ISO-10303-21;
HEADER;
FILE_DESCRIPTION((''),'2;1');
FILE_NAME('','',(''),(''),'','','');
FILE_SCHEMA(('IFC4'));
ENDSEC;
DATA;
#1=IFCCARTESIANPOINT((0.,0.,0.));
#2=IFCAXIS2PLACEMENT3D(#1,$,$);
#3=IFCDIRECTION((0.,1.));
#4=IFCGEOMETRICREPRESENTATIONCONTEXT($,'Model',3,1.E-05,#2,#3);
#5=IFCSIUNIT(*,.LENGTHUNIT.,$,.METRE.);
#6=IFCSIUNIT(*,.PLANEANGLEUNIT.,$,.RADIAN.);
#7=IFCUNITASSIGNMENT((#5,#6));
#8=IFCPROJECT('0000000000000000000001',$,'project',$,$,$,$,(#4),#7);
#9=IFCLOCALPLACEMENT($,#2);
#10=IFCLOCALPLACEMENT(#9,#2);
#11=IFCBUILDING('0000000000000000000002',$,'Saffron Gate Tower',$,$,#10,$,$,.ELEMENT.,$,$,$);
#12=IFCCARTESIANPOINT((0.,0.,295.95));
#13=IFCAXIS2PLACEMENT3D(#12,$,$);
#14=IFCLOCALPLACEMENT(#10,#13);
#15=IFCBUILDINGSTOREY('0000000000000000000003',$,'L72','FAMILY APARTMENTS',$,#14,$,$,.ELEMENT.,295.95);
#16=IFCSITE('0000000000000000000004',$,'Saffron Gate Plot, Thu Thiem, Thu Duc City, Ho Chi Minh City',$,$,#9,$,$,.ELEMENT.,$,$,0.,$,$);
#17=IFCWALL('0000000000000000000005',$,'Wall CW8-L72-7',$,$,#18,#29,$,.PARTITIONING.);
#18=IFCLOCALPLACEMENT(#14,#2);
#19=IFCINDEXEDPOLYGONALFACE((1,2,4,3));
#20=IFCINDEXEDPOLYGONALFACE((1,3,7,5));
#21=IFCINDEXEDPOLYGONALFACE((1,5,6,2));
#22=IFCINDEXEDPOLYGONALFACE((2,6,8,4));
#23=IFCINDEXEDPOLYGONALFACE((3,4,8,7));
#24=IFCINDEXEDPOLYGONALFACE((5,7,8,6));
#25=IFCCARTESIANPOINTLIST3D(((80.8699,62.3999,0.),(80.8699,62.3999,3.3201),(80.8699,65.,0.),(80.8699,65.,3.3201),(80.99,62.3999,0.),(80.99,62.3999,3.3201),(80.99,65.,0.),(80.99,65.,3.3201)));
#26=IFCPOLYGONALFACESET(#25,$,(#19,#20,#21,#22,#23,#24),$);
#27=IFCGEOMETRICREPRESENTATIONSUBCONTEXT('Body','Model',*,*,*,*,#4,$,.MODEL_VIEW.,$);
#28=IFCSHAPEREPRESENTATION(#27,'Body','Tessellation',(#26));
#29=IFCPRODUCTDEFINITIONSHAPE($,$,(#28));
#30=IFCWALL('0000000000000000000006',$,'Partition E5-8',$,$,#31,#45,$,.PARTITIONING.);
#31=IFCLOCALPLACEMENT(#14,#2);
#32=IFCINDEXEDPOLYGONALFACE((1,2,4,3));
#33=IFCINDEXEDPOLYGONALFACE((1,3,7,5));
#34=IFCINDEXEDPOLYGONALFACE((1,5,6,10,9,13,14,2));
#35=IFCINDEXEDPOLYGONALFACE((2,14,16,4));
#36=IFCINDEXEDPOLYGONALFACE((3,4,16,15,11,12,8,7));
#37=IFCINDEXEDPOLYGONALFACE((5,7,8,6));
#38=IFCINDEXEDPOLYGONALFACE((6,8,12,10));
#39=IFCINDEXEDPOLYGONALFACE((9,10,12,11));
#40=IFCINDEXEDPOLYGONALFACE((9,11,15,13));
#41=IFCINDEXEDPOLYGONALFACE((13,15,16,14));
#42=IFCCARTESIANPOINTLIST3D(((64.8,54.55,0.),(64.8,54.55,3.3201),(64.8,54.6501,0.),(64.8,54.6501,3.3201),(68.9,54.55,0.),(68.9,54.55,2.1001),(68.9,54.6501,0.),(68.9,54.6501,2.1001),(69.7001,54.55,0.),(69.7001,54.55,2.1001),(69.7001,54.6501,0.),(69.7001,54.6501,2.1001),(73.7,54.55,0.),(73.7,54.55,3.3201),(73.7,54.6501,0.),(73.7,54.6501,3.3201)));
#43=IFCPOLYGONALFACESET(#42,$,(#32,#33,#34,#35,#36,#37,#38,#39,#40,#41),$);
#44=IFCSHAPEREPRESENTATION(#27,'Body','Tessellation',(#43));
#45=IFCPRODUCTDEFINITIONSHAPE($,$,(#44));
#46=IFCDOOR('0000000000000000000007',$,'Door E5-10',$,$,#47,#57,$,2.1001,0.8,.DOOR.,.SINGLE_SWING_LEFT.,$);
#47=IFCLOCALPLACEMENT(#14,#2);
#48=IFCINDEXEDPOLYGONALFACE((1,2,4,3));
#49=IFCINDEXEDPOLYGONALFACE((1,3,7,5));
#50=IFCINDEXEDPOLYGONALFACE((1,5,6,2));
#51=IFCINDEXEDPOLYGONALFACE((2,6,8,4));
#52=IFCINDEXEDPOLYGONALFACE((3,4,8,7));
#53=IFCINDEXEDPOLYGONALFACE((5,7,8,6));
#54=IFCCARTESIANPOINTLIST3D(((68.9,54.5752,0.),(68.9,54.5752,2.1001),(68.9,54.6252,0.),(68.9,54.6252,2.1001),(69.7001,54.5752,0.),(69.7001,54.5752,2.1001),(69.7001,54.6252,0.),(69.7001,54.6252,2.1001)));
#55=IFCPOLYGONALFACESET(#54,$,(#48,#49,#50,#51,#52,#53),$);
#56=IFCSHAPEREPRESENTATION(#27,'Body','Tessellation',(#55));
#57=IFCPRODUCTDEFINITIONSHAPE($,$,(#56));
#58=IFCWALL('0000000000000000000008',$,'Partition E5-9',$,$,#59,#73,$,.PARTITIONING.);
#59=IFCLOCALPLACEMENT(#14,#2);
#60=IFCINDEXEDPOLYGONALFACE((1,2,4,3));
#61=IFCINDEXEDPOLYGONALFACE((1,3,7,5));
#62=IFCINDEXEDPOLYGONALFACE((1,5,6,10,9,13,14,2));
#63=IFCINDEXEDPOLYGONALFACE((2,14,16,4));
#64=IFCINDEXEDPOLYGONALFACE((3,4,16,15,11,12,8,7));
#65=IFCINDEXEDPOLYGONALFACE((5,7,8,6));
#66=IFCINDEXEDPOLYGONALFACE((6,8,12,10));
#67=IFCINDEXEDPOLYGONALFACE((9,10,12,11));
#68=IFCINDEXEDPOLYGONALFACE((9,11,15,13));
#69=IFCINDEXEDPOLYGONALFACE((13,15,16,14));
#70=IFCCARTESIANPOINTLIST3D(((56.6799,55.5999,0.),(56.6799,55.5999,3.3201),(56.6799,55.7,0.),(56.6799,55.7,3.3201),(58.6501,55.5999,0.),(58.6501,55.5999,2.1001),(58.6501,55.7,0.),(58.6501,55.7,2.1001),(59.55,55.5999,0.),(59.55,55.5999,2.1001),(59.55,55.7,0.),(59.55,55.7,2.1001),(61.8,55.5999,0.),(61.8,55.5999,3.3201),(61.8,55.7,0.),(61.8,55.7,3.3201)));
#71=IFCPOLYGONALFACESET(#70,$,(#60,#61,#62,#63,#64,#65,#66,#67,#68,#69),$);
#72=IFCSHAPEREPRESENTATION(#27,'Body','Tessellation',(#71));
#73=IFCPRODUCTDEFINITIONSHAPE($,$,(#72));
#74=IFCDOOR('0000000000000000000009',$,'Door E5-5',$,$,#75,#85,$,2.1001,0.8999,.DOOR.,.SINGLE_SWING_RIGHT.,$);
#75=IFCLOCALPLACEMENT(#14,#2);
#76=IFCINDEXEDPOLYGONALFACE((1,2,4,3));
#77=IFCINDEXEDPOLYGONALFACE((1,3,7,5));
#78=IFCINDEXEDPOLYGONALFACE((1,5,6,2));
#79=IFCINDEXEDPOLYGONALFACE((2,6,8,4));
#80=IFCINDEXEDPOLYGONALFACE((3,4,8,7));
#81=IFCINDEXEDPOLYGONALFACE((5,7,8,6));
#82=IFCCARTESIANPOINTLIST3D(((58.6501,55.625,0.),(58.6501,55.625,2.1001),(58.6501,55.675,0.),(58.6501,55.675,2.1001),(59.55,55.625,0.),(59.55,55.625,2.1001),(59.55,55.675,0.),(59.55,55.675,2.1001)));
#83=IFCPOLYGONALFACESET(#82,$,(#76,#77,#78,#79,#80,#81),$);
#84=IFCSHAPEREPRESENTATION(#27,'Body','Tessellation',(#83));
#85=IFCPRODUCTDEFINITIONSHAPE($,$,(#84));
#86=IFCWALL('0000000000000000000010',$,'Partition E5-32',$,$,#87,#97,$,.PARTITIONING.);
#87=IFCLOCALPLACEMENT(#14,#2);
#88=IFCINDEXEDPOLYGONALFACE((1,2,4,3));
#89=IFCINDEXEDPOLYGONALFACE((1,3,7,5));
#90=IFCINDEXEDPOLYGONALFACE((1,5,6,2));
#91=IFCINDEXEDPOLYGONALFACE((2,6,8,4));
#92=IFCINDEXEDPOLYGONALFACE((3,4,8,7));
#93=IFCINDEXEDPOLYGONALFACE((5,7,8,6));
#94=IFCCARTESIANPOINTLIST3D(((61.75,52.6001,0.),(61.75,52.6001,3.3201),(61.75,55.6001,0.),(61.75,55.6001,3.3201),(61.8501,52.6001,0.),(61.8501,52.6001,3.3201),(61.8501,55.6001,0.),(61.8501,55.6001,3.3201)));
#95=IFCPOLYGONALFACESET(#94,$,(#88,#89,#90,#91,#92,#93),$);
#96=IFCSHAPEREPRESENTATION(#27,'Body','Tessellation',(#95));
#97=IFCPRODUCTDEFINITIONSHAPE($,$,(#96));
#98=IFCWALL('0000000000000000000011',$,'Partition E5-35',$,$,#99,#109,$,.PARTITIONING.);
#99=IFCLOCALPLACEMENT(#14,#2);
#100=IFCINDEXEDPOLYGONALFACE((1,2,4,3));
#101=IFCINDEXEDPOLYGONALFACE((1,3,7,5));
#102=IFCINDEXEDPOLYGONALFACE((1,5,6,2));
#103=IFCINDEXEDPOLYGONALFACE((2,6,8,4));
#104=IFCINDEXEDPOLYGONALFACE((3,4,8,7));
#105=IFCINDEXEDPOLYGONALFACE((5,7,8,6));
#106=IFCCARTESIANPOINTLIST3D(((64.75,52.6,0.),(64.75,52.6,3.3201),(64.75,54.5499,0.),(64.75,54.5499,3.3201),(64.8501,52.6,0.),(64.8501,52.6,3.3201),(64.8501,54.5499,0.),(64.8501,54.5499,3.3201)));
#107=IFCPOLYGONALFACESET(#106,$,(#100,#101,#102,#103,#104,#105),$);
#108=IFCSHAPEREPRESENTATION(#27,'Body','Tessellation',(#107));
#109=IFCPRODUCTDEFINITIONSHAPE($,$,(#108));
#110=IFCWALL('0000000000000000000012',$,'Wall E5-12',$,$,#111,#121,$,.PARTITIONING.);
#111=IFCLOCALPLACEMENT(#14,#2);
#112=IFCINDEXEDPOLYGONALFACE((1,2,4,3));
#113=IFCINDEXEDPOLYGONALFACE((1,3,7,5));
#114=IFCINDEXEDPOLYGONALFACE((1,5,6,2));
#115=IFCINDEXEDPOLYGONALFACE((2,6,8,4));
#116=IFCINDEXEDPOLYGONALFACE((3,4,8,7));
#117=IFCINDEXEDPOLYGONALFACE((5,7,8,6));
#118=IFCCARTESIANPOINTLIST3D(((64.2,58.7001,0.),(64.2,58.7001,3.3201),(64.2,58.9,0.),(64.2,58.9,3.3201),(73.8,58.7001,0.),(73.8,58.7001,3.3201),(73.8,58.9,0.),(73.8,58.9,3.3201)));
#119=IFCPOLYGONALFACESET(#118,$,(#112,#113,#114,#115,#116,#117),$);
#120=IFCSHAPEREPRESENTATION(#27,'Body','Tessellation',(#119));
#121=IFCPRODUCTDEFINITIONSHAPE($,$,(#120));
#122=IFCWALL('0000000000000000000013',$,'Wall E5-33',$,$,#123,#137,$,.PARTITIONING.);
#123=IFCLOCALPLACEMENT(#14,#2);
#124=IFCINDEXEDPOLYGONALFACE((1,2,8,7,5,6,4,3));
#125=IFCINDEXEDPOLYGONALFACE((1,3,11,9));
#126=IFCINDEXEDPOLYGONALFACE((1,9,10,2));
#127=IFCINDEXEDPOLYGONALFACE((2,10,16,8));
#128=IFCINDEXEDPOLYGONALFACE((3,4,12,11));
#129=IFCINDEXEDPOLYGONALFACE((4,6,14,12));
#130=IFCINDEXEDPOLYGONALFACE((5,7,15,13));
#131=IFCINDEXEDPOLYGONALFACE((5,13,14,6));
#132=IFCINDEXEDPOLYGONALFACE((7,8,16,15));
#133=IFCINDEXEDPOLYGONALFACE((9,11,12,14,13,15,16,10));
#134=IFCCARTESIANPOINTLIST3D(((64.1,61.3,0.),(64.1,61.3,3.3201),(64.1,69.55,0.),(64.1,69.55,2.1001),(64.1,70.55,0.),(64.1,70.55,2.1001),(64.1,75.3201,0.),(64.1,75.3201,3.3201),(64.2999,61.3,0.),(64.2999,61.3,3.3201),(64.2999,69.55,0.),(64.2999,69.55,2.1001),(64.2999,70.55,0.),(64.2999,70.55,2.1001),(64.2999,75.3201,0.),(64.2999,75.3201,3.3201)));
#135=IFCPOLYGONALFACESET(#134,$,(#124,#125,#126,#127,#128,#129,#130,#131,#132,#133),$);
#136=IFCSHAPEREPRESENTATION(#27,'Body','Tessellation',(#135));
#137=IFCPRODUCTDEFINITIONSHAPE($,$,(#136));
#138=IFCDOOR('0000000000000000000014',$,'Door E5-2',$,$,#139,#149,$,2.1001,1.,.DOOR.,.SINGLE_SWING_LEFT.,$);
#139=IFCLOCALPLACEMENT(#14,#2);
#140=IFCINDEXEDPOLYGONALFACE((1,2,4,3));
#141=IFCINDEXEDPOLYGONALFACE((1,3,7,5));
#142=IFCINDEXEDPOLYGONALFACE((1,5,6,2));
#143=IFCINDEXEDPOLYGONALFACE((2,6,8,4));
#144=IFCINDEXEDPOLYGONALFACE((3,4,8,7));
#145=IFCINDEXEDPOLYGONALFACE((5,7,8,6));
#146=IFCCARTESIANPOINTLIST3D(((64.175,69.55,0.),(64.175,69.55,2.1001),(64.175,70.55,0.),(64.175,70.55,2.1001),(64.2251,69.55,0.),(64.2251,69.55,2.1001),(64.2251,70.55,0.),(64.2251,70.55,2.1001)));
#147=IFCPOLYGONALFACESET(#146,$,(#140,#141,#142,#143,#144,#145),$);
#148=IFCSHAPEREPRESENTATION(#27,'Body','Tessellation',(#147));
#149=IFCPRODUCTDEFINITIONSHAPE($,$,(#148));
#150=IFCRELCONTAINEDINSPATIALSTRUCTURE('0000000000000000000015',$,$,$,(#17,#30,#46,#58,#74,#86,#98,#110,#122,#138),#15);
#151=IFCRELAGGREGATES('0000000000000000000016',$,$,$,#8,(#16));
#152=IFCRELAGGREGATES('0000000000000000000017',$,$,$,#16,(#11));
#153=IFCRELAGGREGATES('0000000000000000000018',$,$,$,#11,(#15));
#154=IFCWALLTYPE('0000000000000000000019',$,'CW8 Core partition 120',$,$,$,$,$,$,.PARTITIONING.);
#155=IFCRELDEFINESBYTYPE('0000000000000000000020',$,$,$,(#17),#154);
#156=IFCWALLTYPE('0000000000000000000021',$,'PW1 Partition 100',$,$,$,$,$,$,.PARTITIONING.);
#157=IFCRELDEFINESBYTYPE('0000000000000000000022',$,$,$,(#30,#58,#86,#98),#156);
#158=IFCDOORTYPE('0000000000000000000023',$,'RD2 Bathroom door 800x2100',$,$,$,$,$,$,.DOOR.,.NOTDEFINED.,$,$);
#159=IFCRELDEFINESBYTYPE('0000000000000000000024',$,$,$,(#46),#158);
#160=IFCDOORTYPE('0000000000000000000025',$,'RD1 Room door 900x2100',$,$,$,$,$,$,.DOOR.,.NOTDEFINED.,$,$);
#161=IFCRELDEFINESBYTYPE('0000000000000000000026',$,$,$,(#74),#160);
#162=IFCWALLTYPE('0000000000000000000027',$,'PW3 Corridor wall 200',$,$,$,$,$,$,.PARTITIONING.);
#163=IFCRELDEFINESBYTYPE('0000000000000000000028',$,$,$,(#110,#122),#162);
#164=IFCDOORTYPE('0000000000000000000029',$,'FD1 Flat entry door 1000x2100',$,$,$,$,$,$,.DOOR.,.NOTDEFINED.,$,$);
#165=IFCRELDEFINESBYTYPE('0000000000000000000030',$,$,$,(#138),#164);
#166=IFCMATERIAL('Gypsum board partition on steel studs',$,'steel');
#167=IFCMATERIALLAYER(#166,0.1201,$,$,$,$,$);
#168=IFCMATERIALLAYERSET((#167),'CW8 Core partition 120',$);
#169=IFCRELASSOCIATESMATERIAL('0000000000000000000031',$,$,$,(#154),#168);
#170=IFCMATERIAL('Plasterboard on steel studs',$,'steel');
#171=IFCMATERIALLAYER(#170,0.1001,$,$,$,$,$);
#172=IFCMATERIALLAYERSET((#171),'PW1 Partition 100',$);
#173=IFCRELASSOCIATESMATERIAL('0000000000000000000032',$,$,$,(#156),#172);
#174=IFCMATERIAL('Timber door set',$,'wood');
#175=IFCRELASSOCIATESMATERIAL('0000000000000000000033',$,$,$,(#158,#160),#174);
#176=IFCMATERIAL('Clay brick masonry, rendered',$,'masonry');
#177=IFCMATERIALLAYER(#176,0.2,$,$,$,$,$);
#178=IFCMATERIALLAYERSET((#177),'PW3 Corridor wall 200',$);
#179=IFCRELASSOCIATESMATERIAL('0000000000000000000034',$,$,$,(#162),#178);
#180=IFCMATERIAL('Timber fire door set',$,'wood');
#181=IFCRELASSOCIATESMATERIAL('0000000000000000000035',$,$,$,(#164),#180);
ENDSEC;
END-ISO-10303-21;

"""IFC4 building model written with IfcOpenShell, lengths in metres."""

from ifc_helpers import new_model, si_unit, direction, frame, frame_2d, origin, place, context, subcontext, project, spatial, rectangle, extrude, material, layer, layer_set, type_object, element, fill, save


model = new_model("IFC4")

# Units and contexts
model_context = context("Model", 3, precision=1e-05, world=origin(), true_north=direction((0.0, 1.0)))
body_context = subcontext(model_context, "Body", "Model", "MODEL_VIEW")
ifc_project = project(units=[si_unit("LENGTHUNIT", "METRE"), si_unit("PLANEANGLEUNIT", "RADIAN")], contexts=[model_context])

# Site, building, storey
site_placement = place(None, origin())
site = spatial("IfcSite", under=ifc_project, at=site_placement, Name="Saffron Gate Plot, Thu Thiem, Thu Duc City, Ho Chi Minh City", CompositionType="ELEMENT", RefElevation=0.0)
building_placement = place(site_placement, origin())
building = spatial("IfcBuilding", under=site, at=building_placement, Name="Saffron Gate Tower", CompositionType="ELEMENT")
storey_placement = place(building_placement, frame((0.0, 0.0, 295.95)))
storey = spatial("IfcBuildingStorey", under=building, at=storey_placement, Name="L72", Description="FAMILY APARTMENTS", CompositionType="ELEMENT", Elevation=295.95)

# Wall
ifc_material_1 = material(Name="Gypsum board partition on steel studs", Category="steel")
ifc_layer_1 = layer(ifc_material_1, 0.1201)
ifc_layer_set_1 = layer_set([ifc_layer_1], Name="CW8 Core partition 120")
wall_type_1 = type_object("IfcWallType", Name="CW8 Core partition 120", PredefinedType="PARTITIONING", material=ifc_layer_set_1)
for number, where, z_axis, x_axis, name in (
    (1, (80.9299, 62.3999, 0.0), (0.0, 0.0, 1.0), (0.0, 1.0, 0.0), "Wall CW8-L72-7"),
):
    element("IfcWall", number, at=place(storey_placement, frame(where, z_axis=z_axis, x_axis=x_axis)), inside=storey, type_object=wall_type_1, Name=name, PredefinedType="PARTITIONING", context=body_context, shape_type="SweptSolid", body=[
        extrude(rectangle(XDim=2.6001, YDim=0.1201, at=frame_2d((1.3, 0.0))), origin(), (0.0, 0.0, 1.0), 3.3201),
    ])

# Walls, openings, doors
ifc_material_2 = material(Name="Plasterboard on steel studs", Category="steel")
ifc_layer_2 = layer(ifc_material_2, 0.1001)
ifc_layer_set_2 = layer_set([ifc_layer_2], Name="PW1 Partition 100")
wall_type_2 = type_object("IfcWallType", Name="PW1 Partition 100", PredefinedType="PARTITIONING", material=ifc_layer_set_2)
wall_1_placement = place(storey_placement, frame((73.7, 54.6001, 0.0), z_axis=(0.0, 0.0, 1.0), x_axis=(-1.0, 0.0, 0.0)))
wall_1 = element("IfcWall", 2, at=wall_1_placement, inside=storey, type_object=wall_type_2, Name="Partition E5-8", PredefinedType="PARTITIONING", context=body_context, shape_type="SweptSolid", body=[
    extrude(rectangle(XDim=8.8999, YDim=0.1001, at=frame_2d((4.45, 0.0))), origin(), (0.0, 0.0, 1.0), 3.3201),
])
opening_1_placement = place(wall_1_placement, frame((4.0, 0.0, 0.0)))
opening_1 = element("IfcOpeningElement", 3, at=opening_1_placement, cuts=wall_1, PredefinedType="OPENING", context=body_context, shape_type="SweptSolid", body=[
    extrude(rectangle(XDim=0.8, YDim=2.1001, at=frame_2d((0.3999, 1.05))), frame((0.0, 0.0601, 0.0), z_axis=(0.0, -1.0, 0.0), x_axis=(1.0, 0.0, 0.0)), (0.0, 0.0, 1.0), 0.1201),
])
ifc_material_3 = material(Name="Timber door set", Category="wood")
door_type_1 = type_object("IfcDoorType", Name="RD2 Bathroom door 800x2100", OperationType="NOTDEFINED", PredefinedType="DOOR", material=ifc_material_3)
door_1_placement = place(opening_1_placement, origin())
door_1 = element("IfcDoor", 4, at=door_1_placement, inside=storey, type_object=door_type_1, Name="Door E5-10", OperationType="SINGLE_SWING_LEFT", OverallHeight=2.1001, OverallWidth=0.8, PredefinedType="DOOR", context=body_context, shape_type="SweptSolid", body=[
    extrude(rectangle(XDim=0.8, YDim=2.1001, at=frame_2d((0.3999, 1.05))), frame((0.0, 0.0249, 0.0), z_axis=(0.0, -1.0, 0.0), x_axis=(1.0, 0.0, 0.0)), (0.0, 0.0, 1.0), 0.05),
])
fill(opening_1, door_1)
wall_2_placement = place(storey_placement, frame((61.8, 55.6499, 0.0), z_axis=(0.0, 0.0, 1.0), x_axis=(-1.0, 0.0, 0.0)))
wall_2 = element("IfcWall", 5, at=wall_2_placement, inside=storey, type_object=wall_type_2, Name="Partition E5-9", PredefinedType="PARTITIONING", context=body_context, shape_type="SweptSolid", body=[
    extrude(rectangle(XDim=5.1201, YDim=0.1001, at=frame_2d((2.5601, 0.0))), origin(), (0.0, 0.0, 1.0), 3.3201),
])
opening_2_placement = place(wall_2_placement, frame((2.25, 0.0, 0.0)))
opening_2 = element("IfcOpeningElement", 6, at=opening_2_placement, cuts=wall_2, PredefinedType="OPENING", context=body_context, shape_type="SweptSolid", body=[
    extrude(rectangle(XDim=0.8999, YDim=2.1001, at=frame_2d((0.45, 1.05))), frame((0.0, 0.0601, 0.0), z_axis=(0.0, -1.0, 0.0), x_axis=(1.0, 0.0, 0.0)), (0.0, 0.0, 1.0), 0.1201),
])
door_type_2 = type_object("IfcDoorType", Name="RD1 Room door 900x2100", OperationType="NOTDEFINED", PredefinedType="DOOR", material=ifc_material_3)
door_2_placement = place(opening_2_placement, origin())
door_2 = element("IfcDoor", 7, at=door_2_placement, inside=storey, type_object=door_type_2, Name="Door E5-5", OperationType="SINGLE_SWING_RIGHT", OverallHeight=2.1001, OverallWidth=0.8999, PredefinedType="DOOR", context=body_context, shape_type="SweptSolid", body=[
    extrude(rectangle(XDim=0.8999, YDim=2.1001, at=frame_2d((0.45, 1.05))), frame((0.0, 0.0249, 0.0), z_axis=(0.0, -1.0, 0.0), x_axis=(1.0, 0.0, 0.0)), (0.0, 0.0, 1.0), 0.05),
])
fill(opening_2, door_2)

# Walls
wall_3_placement = place(storey_placement, frame((61.8, 55.6001, 0.0), z_axis=(0.0, 0.0, 1.0), x_axis=(0.0, -1.0, 0.0)))
element("IfcWall", 8, at=wall_3_placement, inside=storey, type_object=wall_type_2, Name="Partition E5-32", PredefinedType="PARTITIONING", context=body_context, shape_type="SweptSolid", body=[
    extrude(rectangle(XDim=3.0, YDim=0.1001, at=frame_2d((1.5, 0.0))), origin(), (0.0, 0.0, 1.0), 3.3201),
])
wall_4_placement = place(storey_placement, frame((64.8, 54.55, 0.0), z_axis=(0.0, 0.0, 1.0), x_axis=(0.0, -1.0, 0.0)))
element("IfcWall", 9, at=wall_4_placement, inside=storey, type_object=wall_type_2, Name="Partition E5-35", PredefinedType="PARTITIONING", context=body_context, shape_type="SweptSolid", body=[
    extrude(rectangle(XDim=1.95, YDim=0.1001, at=frame_2d((0.9751, 0.0))), origin(), (0.0, 0.0, 1.0), 3.3201),
])
ifc_material_4 = material(Name="Clay brick masonry, rendered", Category="masonry")
ifc_layer_3 = layer(ifc_material_4, 0.2)
ifc_layer_set_3 = layer_set([ifc_layer_3], Name="PW3 Corridor wall 200")
wall_type_3 = type_object("IfcWallType", Name="PW3 Corridor wall 200", PredefinedType="PARTITIONING", material=ifc_layer_set_3)
wall_5_placement = place(storey_placement, frame((64.2, 58.8, 0.0), z_axis=(0.0, 0.0, 1.0), x_axis=(1.0, 0.0, 0.0)))
element("IfcWall", 10, at=wall_5_placement, inside=storey, type_object=wall_type_3, Name="Wall E5-12", PredefinedType="PARTITIONING", context=body_context, shape_type="SweptSolid", body=[
    extrude(rectangle(XDim=9.6001, YDim=0.2, at=frame_2d((4.8, 0.0))), origin(), (0.0, 0.0, 1.0), 3.3201),
])

# Wall, opening, door
wall_6_placement = place(storey_placement, frame((64.2, 61.3, 0.0), z_axis=(0.0, 0.0, 1.0), x_axis=(0.0, 1.0, 0.0)))
wall_6 = element("IfcWall", 11, at=wall_6_placement, inside=storey, type_object=wall_type_3, Name="Wall E5-33", PredefinedType="PARTITIONING", context=body_context, shape_type="SweptSolid", body=[
    extrude(rectangle(XDim=14.02, YDim=0.2, at=frame_2d((7.01, 0.0))), origin(), (0.0, 0.0, 1.0), 3.3201),
])
opening_3_placement = place(wall_6_placement, frame((8.25, 0.0, 0.0)))
opening_3 = element("IfcOpeningElement", 12, at=opening_3_placement, cuts=wall_6, PredefinedType="OPENING", context=body_context, shape_type="SweptSolid", body=[
    extrude(rectangle(XDim=1.0, YDim=2.1001, at=frame_2d((0.5, 1.05))), frame((0.0, 0.1099, 0.0), z_axis=(0.0, -1.0, 0.0), x_axis=(1.0, 0.0, 0.0)), (0.0, 0.0, 1.0), 0.22),
])
ifc_material_5 = material(Name="Timber fire door set", Category="wood")
door_type_3 = type_object("IfcDoorType", Name="FD1 Flat entry door 1000x2100", OperationType="NOTDEFINED", PredefinedType="DOOR", material=ifc_material_5)
door_3_placement = place(opening_3_placement, origin())
door_3 = element("IfcDoor", 13, at=door_3_placement, inside=storey, type_object=door_type_3, Name="Door E5-2", OperationType="SINGLE_SWING_LEFT", OverallHeight=2.1001, OverallWidth=1.0, PredefinedType="DOOR", context=body_context, shape_type="SweptSolid", body=[
    extrude(rectangle(XDim=1.0, YDim=2.1001, at=frame_2d((0.5, 1.05))), frame((0.0, 0.0249, 0.0), z_axis=(0.0, -1.0, 0.0), x_axis=(1.0, 0.0, 0.0)), (0.0, 0.0, 1.0), 0.05),
])
fill(opening_3, door_3)

save(model, "model.ifc")
